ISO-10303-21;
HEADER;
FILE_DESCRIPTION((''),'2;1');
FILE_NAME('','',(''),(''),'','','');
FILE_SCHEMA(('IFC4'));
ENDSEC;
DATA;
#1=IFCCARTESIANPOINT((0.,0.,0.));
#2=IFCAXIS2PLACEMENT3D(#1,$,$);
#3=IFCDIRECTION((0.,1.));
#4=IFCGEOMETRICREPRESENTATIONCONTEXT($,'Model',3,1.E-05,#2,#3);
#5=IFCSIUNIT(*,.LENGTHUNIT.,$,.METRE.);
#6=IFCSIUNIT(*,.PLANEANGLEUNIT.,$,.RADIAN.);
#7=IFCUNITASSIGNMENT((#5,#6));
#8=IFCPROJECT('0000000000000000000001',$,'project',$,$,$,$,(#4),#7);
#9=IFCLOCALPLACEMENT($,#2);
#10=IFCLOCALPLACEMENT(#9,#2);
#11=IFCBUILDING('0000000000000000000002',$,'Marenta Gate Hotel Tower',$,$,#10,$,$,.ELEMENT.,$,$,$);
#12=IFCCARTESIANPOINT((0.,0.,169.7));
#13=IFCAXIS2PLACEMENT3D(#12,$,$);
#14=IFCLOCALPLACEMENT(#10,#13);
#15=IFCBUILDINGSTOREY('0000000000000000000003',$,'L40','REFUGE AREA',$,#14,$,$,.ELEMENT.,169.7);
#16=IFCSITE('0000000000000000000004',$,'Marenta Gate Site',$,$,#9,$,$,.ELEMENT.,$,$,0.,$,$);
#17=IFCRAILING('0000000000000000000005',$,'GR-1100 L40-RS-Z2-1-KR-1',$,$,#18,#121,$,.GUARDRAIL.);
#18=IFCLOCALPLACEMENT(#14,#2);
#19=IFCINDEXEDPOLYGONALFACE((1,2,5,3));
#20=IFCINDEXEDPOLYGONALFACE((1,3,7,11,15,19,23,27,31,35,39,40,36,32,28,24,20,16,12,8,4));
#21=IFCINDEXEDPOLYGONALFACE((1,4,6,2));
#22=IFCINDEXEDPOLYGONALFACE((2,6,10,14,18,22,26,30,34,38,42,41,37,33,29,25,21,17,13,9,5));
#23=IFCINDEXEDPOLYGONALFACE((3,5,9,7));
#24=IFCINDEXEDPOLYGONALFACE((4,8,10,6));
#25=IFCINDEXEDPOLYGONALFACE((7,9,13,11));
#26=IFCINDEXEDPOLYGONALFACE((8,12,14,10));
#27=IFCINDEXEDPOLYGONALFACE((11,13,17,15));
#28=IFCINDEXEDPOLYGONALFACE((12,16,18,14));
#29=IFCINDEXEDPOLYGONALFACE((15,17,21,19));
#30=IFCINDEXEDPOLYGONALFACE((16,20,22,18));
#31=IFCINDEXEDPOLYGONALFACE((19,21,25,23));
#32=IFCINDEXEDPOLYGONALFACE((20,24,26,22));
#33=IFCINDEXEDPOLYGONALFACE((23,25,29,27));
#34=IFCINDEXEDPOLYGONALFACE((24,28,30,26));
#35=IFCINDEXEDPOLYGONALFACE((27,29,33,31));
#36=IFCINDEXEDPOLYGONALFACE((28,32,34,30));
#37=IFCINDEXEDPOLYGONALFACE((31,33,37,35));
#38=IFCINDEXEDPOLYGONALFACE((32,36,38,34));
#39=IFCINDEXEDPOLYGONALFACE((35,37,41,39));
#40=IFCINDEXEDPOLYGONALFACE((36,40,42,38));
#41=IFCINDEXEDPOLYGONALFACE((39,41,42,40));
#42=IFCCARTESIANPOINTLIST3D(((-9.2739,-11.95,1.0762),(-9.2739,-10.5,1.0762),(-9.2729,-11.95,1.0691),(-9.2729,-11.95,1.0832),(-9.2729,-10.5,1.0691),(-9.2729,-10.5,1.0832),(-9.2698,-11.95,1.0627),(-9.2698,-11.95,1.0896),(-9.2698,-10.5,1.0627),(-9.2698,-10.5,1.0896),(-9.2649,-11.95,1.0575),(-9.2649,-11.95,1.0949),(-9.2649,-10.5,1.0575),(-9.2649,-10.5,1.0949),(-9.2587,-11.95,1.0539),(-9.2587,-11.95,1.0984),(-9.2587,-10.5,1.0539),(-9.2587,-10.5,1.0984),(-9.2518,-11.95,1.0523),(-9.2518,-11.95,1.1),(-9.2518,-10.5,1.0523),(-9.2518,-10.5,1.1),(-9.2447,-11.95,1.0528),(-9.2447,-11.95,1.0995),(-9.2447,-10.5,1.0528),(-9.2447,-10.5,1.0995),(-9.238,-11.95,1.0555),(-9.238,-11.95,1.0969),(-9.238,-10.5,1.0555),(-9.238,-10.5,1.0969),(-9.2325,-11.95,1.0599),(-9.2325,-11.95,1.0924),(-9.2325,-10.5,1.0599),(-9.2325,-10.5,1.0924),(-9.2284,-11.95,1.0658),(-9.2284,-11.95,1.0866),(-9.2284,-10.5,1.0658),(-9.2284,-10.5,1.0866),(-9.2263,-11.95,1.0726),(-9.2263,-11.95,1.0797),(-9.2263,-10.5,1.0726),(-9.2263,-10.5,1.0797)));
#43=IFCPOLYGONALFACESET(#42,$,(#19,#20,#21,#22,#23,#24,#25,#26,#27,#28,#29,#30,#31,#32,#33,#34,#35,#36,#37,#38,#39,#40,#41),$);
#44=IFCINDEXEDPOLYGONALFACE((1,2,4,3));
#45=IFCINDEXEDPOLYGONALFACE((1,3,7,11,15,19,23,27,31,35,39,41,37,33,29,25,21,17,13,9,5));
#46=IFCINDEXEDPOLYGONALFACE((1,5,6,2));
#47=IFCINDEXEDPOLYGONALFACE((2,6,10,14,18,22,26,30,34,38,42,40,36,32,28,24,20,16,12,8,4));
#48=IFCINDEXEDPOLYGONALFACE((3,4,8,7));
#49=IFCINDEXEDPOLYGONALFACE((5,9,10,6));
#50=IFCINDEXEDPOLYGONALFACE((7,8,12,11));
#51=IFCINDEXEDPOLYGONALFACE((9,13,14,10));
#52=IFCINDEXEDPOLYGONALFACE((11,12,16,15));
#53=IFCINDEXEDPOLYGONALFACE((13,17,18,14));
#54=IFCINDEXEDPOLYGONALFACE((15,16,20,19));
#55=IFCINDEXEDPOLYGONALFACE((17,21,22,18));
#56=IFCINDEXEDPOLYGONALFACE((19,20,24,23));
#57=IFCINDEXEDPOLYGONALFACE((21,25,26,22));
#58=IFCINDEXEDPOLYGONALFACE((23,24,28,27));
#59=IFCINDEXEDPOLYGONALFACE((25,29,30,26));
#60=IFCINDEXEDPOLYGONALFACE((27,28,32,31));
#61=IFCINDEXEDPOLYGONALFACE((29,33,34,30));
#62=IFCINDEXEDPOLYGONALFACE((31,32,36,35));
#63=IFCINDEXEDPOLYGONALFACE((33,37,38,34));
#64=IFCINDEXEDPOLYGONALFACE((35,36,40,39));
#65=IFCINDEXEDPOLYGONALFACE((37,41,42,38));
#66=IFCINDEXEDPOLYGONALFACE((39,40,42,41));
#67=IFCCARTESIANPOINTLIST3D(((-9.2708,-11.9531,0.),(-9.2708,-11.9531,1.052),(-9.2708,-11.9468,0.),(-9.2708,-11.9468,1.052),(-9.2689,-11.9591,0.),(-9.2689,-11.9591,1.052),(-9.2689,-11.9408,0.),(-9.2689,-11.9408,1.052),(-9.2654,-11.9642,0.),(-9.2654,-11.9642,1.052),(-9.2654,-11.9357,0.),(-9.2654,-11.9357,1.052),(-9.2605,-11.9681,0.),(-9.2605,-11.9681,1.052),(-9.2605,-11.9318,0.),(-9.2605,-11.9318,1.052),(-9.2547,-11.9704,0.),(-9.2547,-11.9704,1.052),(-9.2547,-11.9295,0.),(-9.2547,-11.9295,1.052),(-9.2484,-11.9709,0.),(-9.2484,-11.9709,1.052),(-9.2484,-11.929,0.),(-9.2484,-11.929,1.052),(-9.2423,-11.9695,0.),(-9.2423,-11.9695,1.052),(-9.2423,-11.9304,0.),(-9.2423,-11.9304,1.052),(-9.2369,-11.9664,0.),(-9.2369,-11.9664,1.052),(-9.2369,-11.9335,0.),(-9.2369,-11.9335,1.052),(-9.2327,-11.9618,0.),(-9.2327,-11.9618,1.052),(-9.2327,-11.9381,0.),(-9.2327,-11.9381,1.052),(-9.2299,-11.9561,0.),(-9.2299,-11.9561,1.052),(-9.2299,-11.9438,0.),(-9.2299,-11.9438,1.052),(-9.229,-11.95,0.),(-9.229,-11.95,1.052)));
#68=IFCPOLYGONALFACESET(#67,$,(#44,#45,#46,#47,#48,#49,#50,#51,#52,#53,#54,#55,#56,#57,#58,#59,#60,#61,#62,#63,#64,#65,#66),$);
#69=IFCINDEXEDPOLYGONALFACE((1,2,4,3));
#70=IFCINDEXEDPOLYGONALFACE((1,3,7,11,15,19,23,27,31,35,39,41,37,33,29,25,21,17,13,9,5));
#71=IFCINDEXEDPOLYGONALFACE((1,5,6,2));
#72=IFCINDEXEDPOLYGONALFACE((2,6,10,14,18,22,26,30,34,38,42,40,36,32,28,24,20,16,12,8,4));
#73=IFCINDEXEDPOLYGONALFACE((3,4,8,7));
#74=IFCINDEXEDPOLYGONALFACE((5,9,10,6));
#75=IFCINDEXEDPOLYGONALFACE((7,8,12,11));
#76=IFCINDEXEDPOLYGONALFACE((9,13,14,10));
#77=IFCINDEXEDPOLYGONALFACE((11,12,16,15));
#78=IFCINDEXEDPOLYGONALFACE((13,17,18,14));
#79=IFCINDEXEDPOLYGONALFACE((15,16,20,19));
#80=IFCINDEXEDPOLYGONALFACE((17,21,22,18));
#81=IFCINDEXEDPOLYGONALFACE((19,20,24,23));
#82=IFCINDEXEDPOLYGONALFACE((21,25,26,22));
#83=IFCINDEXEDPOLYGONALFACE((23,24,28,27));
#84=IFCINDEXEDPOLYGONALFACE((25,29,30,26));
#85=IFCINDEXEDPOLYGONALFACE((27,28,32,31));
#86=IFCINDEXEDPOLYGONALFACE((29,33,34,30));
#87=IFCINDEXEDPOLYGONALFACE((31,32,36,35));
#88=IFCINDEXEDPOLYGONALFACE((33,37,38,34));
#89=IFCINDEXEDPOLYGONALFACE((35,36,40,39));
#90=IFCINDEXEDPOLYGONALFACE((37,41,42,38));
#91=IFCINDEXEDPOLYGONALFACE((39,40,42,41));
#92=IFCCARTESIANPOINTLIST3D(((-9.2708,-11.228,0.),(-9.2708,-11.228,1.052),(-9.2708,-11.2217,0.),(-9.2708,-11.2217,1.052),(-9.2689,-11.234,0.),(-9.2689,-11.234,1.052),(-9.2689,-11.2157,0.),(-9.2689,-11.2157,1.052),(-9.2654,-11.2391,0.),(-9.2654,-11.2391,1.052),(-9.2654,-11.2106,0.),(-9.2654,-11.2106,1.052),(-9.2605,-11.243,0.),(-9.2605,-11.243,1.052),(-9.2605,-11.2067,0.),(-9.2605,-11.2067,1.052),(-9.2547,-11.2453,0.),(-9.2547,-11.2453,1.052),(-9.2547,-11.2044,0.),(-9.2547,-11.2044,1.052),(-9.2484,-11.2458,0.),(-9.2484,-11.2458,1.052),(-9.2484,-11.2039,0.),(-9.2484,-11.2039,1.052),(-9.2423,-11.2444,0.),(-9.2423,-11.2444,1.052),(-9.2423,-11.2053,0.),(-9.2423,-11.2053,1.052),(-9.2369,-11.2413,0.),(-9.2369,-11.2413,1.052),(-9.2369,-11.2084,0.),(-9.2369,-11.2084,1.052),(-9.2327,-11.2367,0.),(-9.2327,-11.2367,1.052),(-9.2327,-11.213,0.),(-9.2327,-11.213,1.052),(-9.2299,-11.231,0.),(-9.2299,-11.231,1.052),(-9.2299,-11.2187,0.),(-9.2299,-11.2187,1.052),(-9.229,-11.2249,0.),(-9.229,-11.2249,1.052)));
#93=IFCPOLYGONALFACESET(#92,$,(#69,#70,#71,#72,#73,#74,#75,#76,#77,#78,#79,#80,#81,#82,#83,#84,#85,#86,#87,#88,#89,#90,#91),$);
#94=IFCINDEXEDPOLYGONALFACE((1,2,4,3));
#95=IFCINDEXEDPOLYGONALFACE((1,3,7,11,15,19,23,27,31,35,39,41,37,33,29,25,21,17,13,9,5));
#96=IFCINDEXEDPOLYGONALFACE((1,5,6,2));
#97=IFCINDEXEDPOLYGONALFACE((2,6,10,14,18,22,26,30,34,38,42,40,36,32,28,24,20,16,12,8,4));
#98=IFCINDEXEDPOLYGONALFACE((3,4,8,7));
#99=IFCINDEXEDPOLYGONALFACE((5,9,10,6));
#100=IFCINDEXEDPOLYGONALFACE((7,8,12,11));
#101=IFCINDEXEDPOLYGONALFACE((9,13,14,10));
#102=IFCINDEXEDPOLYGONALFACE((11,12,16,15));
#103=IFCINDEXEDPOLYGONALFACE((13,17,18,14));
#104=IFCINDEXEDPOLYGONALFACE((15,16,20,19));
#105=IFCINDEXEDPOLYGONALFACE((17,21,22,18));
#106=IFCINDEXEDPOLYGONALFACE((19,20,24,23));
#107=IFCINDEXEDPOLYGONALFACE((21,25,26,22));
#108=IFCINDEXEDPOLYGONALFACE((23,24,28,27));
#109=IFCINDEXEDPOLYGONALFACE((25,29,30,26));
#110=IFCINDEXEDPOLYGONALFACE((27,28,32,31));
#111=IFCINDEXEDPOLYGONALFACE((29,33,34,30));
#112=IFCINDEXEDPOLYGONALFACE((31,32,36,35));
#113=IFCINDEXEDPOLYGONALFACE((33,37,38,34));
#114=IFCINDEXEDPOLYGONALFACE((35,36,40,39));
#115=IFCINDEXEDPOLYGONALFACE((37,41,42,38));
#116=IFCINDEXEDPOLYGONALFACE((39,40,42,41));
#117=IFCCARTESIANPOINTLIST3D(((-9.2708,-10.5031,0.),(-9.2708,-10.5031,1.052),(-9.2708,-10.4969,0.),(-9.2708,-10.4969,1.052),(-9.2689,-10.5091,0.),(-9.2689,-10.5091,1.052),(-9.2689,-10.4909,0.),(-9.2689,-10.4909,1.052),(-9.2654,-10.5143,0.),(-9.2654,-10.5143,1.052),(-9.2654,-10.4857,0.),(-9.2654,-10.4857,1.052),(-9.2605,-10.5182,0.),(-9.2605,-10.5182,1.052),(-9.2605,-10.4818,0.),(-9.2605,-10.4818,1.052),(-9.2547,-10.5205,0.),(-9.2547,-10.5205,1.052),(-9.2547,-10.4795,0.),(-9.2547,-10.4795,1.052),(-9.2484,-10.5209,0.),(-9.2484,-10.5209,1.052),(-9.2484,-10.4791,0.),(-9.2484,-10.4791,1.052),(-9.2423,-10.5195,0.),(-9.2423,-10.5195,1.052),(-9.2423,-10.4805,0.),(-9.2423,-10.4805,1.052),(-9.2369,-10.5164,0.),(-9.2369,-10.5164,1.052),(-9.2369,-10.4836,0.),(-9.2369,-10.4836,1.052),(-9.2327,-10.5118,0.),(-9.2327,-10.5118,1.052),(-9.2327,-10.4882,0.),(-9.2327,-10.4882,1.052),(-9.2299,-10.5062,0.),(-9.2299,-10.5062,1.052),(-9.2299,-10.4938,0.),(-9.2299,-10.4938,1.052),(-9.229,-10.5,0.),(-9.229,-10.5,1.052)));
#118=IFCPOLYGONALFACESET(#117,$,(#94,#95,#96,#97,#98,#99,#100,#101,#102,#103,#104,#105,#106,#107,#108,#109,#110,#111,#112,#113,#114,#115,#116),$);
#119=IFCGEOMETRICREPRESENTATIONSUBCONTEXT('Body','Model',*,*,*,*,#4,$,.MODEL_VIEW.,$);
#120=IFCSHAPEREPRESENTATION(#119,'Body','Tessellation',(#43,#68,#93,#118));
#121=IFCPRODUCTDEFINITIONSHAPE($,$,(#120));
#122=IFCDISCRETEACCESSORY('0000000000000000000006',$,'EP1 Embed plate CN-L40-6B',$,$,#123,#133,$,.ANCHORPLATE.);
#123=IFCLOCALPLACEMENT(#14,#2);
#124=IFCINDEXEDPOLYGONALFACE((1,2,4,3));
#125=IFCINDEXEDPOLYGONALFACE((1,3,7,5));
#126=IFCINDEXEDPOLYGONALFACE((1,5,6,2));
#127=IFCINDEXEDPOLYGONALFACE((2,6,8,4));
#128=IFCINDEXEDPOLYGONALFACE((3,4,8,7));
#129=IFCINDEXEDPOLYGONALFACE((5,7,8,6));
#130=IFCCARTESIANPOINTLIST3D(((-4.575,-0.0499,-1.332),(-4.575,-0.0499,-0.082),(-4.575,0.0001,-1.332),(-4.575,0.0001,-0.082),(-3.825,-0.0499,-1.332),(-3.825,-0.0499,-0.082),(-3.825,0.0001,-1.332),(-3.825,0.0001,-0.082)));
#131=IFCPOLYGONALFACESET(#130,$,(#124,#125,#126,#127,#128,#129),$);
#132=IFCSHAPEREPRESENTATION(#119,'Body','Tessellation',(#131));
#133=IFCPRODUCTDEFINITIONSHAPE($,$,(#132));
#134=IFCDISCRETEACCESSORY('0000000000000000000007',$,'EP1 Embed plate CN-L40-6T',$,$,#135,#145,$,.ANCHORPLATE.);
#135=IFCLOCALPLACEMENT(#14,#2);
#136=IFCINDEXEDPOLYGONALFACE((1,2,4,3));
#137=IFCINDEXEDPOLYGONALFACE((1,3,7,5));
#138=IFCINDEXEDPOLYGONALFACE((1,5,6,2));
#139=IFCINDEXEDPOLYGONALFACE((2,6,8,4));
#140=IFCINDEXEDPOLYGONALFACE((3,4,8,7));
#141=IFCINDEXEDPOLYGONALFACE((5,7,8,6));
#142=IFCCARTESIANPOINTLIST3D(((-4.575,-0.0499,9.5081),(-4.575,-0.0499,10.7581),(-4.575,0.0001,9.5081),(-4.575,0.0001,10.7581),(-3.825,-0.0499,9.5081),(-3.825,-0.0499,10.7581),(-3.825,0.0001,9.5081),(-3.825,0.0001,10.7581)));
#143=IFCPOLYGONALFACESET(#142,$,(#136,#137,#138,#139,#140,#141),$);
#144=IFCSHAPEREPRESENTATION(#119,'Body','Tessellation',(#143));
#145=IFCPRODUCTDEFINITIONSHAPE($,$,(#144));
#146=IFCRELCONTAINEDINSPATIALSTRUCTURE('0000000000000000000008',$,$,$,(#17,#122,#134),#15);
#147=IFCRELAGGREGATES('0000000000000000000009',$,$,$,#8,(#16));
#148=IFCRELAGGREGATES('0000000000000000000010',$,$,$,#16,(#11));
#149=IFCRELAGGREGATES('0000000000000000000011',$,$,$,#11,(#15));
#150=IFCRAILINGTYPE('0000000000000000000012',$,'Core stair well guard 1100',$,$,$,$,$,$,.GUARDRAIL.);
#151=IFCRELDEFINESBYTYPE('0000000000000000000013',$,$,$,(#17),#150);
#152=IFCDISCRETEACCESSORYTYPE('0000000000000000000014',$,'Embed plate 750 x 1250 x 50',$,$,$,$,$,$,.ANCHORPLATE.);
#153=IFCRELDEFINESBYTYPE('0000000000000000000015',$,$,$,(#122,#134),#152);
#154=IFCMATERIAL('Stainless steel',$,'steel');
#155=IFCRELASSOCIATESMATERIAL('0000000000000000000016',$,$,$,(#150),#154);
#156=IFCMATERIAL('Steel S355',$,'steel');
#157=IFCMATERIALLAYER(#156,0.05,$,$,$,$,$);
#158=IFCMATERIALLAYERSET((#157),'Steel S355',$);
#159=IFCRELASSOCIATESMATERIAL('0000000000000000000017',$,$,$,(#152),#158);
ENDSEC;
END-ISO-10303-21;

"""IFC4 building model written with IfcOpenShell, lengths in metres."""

from ifc_helpers import new_model, si_unit, direction, frame, origin, origin_2d, place, context, subcontext, project, spatial, rectangle, circle, extrude, material, layer, layer_set, type_object, element, save


model = new_model("IFC4")

# Units and contexts
model_context = context("Model", 3, precision=1e-05, world=origin(), true_north=direction((0.0, 1.0)))
body_context = subcontext(model_context, "Body", "Model", "MODEL_VIEW")
ifc_project = project(units=[si_unit("LENGTHUNIT", "METRE"), si_unit("PLANEANGLEUNIT", "RADIAN")], contexts=[model_context])

# Site, building, storey
site_placement = place(None, origin())
site = spatial("IfcSite", under=ifc_project, at=site_placement, Name="Marenta Gate Site", CompositionType="ELEMENT", RefElevation=0.0)
building_placement = place(site_placement, origin())
building = spatial("IfcBuilding", under=site, at=building_placement, Name="Marenta Gate Hotel Tower", CompositionType="ELEMENT")
storey_placement = place(building_placement, frame((0.0, 0.0, 169.7)))
storey = spatial("IfcBuildingStorey", under=building, at=storey_placement, Name="L40", Description="REFUGE AREA", CompositionType="ELEMENT", Elevation=169.7)

# Railing
ifc_material_1 = material(Name="Stainless steel", Category="steel")
railing_type = type_object("IfcRailingType", Name="Core stair well guard 1100", PredefinedType="GUARDRAIL", material=ifc_material_1)
railing_placement = place(storey_placement, frame((-9.25, -11.95, 0.0)))
element("IfcRailing", 1, at=railing_placement, inside=storey, type_object=railing_type, Name="GR-1100 L40-RS-Z2-1-KR-1", PredefinedType="GUARDRAIL", context=body_context, shape_type="SweptSolid", body=[
    extrude(circle(Radius=0.0239, at=origin_2d()), frame((0.0, 0.0, 1.0762), z_axis=(0.0, 1.0, 0.0), x_axis=(-1.0, 0.0, 0.0)), (0.0, 0.0, 1.0), 1.45),
    extrude(circle(Radius=0.021, at=origin_2d()), origin(), (0.0, 0.0, 1.0), 1.052),
    extrude(circle(Radius=0.021, at=origin_2d()), frame((0.0, 0.7251, 0.0)), (0.0, 0.0, 1.0), 1.052),
    extrude(circle(Radius=0.021, at=origin_2d()), frame((0.0, 1.45, 0.0)), (0.0, 0.0, 1.0), 1.052),
])

# Discrete accessories
ifc_material_2 = material(Name="Steel S355", Category="steel")
ifc_layer_1 = layer(ifc_material_2, 0.05)
ifc_layer_set_1 = layer_set([ifc_layer_1], Name="Steel S355")
discrete_accessory_type = type_object("IfcDiscreteAccessoryType", Name="Embed plate 750 x 1250 x 50", PredefinedType="ANCHORPLATE", material=ifc_layer_set_1)
for number, where, z_axis, x_axis, name in (
    (2, (-4.2, -0.0249, -1.332), (0.0, 0.0, 1.0), (1.0, 0.0, 0.0), "EP1 Embed plate CN-L40-6B"),
    (3, (-4.2, -0.0249, 9.5081), (0.0, 0.0, 1.0), (1.0, 0.0, 0.0), "EP1 Embed plate CN-L40-6T"),
):
    element("IfcDiscreteAccessory", number, at=place(storey_placement, frame(where, z_axis=z_axis, x_axis=x_axis)), inside=storey, type_object=discrete_accessory_type, Name=name, PredefinedType="ANCHORPLATE", context=body_context, shape_type="SweptSolid", body=[
        extrude(rectangle(XDim=0.75, YDim=0.05, at=origin_2d()), origin(), (0.0, 0.0, 1.0), 1.25),
    ])

save(model, "model.ifc")
